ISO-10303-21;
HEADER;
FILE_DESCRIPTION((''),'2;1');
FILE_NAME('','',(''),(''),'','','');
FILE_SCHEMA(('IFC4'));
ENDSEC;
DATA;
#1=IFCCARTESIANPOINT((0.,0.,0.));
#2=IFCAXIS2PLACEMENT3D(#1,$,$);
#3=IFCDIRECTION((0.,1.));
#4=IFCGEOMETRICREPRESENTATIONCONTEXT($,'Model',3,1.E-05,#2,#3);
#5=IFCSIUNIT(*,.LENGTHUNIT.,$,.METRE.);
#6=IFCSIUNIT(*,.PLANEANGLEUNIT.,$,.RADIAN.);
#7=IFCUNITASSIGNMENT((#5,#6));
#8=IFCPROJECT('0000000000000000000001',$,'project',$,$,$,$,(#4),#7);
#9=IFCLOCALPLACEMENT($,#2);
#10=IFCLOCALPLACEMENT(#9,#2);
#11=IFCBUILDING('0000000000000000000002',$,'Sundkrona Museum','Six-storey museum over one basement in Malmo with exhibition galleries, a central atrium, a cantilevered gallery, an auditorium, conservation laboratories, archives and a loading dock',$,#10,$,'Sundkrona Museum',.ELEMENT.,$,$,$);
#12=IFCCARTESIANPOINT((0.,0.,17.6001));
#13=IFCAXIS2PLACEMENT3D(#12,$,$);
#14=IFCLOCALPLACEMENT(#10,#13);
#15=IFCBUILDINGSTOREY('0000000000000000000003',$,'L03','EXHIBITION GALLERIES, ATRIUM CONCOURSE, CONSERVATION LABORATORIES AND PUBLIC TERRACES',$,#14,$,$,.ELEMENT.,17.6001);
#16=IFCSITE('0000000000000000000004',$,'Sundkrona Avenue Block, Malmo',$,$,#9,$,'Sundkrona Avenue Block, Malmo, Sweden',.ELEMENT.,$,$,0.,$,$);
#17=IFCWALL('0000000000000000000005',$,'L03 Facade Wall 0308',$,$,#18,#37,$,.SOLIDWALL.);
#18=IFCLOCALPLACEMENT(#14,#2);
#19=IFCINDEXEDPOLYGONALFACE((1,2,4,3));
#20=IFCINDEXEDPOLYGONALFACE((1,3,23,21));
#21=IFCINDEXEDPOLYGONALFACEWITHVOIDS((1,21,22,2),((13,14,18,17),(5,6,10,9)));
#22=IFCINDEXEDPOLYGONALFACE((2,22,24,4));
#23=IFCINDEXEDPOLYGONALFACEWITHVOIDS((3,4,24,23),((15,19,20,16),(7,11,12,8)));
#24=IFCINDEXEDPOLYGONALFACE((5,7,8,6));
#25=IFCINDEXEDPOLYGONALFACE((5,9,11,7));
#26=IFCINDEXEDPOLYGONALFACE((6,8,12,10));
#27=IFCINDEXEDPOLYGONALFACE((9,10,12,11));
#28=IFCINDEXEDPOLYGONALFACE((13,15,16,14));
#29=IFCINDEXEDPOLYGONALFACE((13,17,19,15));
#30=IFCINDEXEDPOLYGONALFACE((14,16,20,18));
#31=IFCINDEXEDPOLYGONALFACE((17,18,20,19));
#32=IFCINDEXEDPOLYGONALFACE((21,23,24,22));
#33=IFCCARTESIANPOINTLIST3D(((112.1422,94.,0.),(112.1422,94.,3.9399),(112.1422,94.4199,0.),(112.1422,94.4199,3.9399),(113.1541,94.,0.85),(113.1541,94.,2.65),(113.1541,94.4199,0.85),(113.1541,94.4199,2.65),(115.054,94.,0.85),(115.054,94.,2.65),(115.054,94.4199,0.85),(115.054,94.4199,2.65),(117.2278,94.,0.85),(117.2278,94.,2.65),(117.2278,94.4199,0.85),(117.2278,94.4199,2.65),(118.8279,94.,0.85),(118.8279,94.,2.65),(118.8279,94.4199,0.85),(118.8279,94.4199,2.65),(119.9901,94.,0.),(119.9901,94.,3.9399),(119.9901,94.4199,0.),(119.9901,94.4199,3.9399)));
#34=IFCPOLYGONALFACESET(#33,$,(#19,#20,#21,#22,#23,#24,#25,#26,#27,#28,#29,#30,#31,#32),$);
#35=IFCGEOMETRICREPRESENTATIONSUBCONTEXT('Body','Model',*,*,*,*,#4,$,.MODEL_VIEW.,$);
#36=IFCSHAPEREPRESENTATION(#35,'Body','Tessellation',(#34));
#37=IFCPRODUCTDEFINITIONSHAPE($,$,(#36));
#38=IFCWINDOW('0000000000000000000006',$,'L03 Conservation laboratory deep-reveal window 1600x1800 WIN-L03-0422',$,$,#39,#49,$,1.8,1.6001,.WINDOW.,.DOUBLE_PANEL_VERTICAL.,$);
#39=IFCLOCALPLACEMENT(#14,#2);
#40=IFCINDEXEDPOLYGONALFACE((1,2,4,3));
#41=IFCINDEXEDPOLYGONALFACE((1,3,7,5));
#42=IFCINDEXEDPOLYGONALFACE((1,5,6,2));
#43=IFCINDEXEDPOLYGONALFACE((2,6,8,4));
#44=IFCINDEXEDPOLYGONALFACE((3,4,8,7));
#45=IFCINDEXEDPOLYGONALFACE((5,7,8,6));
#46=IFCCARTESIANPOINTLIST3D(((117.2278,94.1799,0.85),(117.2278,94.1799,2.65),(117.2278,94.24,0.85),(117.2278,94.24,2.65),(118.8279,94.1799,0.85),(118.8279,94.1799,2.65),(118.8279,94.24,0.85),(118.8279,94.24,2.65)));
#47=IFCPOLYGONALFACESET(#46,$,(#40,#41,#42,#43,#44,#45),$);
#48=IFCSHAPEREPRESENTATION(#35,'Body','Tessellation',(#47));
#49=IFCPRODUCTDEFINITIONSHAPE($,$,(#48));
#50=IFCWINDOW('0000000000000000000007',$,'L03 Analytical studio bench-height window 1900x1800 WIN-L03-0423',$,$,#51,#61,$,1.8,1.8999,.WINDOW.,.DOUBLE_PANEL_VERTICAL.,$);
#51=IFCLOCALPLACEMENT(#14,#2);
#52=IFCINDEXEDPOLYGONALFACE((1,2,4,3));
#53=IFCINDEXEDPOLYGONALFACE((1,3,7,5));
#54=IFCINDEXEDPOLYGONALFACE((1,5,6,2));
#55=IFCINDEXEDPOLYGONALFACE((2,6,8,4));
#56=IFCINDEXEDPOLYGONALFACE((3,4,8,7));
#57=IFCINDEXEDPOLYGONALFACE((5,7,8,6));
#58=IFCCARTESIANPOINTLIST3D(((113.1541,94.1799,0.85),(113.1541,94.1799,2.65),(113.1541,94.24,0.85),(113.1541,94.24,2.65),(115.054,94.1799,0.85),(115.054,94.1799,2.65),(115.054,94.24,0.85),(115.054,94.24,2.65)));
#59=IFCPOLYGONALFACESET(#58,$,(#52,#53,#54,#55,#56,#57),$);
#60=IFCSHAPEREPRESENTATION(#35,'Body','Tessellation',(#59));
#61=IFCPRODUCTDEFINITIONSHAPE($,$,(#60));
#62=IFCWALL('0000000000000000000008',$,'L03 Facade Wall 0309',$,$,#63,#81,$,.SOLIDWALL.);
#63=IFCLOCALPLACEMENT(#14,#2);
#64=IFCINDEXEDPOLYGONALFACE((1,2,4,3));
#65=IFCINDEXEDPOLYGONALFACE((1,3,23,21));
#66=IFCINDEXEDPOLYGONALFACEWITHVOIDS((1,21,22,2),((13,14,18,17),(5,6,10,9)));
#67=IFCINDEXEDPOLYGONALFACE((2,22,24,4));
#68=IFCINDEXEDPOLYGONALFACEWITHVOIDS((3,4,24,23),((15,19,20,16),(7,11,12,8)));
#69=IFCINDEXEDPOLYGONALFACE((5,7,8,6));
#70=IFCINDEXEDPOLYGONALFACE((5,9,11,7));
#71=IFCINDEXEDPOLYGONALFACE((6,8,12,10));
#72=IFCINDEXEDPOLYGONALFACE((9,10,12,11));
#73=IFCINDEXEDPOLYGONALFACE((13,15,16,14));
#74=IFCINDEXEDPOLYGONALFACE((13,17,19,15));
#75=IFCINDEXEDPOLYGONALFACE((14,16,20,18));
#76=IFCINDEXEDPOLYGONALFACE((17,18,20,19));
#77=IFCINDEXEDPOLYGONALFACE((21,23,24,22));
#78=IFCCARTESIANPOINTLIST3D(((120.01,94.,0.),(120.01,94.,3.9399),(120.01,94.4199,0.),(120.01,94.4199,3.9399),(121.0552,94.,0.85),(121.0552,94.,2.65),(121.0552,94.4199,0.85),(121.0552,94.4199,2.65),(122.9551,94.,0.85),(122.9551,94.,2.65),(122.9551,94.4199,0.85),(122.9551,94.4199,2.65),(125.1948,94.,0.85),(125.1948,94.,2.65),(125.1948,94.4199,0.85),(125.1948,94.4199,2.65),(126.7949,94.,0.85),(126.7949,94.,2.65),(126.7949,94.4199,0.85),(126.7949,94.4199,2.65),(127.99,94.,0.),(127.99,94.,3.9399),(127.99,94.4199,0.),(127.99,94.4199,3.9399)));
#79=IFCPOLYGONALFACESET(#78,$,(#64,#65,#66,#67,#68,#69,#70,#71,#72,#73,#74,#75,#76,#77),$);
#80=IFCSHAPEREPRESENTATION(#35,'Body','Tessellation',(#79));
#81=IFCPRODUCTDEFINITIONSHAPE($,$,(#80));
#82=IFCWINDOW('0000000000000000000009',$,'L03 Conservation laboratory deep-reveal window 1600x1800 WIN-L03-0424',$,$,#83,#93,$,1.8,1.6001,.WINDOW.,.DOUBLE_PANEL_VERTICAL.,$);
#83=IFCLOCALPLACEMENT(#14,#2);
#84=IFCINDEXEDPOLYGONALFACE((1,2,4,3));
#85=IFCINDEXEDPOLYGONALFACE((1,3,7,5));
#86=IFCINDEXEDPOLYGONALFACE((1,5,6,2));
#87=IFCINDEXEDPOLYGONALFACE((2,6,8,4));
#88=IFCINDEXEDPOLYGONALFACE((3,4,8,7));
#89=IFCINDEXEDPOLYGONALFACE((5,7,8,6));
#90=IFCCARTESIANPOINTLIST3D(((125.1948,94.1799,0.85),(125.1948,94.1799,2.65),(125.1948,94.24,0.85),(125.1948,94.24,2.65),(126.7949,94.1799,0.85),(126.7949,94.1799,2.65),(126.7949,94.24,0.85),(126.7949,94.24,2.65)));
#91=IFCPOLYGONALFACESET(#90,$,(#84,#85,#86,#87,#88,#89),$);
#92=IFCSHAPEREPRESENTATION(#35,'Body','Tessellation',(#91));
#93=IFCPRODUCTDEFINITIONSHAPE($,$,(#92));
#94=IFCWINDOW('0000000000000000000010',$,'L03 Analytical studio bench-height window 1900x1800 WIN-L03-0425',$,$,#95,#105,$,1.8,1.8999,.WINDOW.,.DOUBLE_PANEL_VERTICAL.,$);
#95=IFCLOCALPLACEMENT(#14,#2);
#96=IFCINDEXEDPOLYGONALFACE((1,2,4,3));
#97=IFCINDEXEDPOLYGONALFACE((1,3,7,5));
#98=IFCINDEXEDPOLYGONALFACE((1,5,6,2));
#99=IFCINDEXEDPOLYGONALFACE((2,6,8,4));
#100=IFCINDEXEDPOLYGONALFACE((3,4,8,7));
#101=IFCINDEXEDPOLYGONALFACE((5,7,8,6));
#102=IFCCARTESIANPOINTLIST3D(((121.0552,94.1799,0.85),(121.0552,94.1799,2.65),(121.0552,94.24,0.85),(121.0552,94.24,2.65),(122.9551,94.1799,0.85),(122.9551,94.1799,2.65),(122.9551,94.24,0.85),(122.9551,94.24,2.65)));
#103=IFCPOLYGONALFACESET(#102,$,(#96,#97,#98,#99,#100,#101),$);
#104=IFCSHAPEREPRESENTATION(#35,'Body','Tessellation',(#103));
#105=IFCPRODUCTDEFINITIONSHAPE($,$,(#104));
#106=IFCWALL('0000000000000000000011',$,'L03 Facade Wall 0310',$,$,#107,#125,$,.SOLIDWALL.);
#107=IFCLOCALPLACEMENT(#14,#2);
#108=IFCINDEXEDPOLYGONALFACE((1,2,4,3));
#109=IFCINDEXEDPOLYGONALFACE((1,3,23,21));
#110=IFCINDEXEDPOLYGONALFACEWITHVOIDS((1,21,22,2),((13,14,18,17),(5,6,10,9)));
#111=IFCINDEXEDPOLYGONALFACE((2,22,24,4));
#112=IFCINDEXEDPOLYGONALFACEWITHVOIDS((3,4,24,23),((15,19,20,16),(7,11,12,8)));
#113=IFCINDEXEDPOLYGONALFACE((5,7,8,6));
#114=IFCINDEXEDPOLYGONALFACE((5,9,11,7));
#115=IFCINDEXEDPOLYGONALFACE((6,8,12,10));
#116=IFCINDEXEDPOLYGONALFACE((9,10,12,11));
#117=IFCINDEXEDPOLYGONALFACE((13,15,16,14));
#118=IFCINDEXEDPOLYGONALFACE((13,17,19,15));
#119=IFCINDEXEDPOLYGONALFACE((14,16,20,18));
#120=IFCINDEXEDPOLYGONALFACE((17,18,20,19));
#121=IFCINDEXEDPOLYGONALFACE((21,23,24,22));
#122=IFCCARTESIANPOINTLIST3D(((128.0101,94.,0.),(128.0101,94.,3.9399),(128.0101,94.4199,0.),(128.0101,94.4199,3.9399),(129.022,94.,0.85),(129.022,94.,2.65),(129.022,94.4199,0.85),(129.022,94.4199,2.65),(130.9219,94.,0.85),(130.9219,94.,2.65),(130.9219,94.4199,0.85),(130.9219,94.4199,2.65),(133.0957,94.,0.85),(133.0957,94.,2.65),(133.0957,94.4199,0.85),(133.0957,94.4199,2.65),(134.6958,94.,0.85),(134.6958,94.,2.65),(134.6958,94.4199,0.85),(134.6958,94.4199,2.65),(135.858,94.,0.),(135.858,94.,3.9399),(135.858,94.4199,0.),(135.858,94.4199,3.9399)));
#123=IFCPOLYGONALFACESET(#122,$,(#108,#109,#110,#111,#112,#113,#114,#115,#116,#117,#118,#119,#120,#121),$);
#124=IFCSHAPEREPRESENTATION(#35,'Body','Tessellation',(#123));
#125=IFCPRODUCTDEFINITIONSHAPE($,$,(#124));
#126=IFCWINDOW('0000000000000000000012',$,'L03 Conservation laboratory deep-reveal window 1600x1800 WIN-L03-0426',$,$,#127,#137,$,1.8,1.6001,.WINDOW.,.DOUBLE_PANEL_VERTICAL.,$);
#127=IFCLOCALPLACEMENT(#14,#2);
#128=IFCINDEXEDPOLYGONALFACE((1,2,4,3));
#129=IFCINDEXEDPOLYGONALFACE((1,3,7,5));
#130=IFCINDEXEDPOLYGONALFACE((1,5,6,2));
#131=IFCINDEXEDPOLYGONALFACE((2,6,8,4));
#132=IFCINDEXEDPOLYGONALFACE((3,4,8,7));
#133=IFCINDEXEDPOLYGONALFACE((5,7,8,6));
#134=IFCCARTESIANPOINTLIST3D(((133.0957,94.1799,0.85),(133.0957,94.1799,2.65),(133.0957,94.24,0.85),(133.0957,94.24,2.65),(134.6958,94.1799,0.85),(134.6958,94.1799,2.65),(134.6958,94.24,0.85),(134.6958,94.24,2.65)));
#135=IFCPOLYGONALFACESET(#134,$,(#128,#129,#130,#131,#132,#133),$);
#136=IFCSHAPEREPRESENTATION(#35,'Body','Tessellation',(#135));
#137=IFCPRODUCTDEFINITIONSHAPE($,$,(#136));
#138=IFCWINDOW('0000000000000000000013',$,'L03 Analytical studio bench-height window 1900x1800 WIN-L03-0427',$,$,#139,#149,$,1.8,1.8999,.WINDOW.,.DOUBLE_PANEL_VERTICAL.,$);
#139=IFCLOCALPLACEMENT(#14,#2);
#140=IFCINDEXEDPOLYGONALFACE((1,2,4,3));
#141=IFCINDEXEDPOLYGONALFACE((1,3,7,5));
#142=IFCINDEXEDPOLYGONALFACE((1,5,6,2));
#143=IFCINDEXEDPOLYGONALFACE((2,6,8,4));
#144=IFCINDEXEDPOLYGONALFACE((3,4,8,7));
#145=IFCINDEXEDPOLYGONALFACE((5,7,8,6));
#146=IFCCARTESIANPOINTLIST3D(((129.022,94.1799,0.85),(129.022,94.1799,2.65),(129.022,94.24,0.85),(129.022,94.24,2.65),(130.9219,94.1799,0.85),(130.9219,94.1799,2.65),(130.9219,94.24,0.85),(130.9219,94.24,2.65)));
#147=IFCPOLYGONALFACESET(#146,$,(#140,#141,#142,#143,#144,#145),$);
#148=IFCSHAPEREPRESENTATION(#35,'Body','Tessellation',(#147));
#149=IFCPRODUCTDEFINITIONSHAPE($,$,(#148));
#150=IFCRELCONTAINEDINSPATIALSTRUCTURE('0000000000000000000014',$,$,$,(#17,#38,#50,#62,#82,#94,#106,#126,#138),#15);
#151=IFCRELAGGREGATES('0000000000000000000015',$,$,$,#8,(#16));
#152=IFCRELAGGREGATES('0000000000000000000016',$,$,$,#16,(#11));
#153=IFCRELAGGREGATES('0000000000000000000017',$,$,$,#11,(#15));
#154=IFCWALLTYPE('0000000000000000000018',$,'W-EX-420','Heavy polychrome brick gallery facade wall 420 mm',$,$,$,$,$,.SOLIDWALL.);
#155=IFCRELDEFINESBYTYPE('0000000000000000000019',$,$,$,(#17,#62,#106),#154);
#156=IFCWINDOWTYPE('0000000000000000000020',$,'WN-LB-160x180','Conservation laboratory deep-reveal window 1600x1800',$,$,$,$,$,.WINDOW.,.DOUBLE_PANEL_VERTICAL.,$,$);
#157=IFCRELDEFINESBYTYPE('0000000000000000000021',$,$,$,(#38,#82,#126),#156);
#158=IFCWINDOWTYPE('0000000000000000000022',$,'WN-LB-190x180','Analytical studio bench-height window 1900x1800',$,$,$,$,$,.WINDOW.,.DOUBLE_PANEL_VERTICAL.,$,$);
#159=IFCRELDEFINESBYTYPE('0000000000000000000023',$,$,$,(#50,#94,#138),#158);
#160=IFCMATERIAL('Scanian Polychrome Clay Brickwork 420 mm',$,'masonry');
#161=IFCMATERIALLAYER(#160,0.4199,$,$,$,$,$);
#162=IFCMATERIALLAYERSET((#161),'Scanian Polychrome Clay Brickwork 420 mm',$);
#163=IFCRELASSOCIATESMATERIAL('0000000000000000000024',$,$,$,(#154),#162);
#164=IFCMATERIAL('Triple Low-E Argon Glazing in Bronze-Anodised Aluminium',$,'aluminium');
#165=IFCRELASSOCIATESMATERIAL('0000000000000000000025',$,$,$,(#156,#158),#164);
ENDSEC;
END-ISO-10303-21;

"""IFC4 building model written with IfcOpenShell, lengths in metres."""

from ifc_helpers import new_model, si_unit, direction, frame, frame_2d, origin, place, context, subcontext, project, spatial, rectangle, extrude, material, layer, layer_set, type_object, element, fill, save


model = new_model("IFC4")

# Units and contexts
model_context = context("Model", 3, precision=1e-05, world=origin(), true_north=direction((0.0, 1.0)))
body_context = subcontext(model_context, "Body", "Model", "MODEL_VIEW")
ifc_project = project(units=[si_unit("LENGTHUNIT", "METRE"), si_unit("PLANEANGLEUNIT", "RADIAN")], contexts=[model_context])

# Site, building, storey
site_placement = place(None, origin())
site = spatial("IfcSite", under=ifc_project, at=site_placement, Name="Sundkrona Avenue Block, Malmo", LongName="Sundkrona Avenue Block, Malmo, Sweden", CompositionType="ELEMENT", RefElevation=0.0)
building_placement = place(site_placement, origin())
building = spatial("IfcBuilding", under=site, at=building_placement, Name="Sundkrona Museum", Description="Six-storey museum over one basement in Malmo with exhibition galleries, a central atrium, a cantilevered gallery, an auditorium, conservation laboratories, archives and a loading dock", LongName="Sundkrona Museum", CompositionType="ELEMENT")
storey_placement = place(building_placement, frame((0.0, 0.0, 17.6001)))
storey = spatial("IfcBuildingStorey", under=building, at=storey_placement, Name="L03", Description="EXHIBITION GALLERIES, ATRIUM CONCOURSE, CONSERVATION LABORATORIES AND PUBLIC TERRACES", CompositionType="ELEMENT", Elevation=17.6001)

# Shared definitions
ifc_material_1 = material(Name="Scanian Polychrome Clay Brickwork 420 mm", Category="masonry")
ifc_layer_1 = layer(ifc_material_1, 0.4199)
ifc_layer_set_1 = layer_set([ifc_layer_1], Name="Scanian Polychrome Clay Brickwork 420 mm")
wall_type_1 = type_object("IfcWallType", Name="W-EX-420", Description="Heavy polychrome brick gallery facade wall 420 mm", PredefinedType="SOLIDWALL", material=ifc_layer_set_1)
ifc_material_2 = material(Name="Triple Low-E Argon Glazing in Bronze-Anodised Aluminium", Category="aluminium")
window_type_1 = type_object("IfcWindowType", Name="WN-LB-160x180", Description="Conservation laboratory deep-reveal window 1600x1800", PartitioningType="DOUBLE_PANEL_VERTICAL", PredefinedType="WINDOW", material=ifc_material_2)

# Walls, openings, windows
window_type_2 = type_object("IfcWindowType", Name="WN-LB-190x180", Description="Analytical studio bench-height window 1900x1800", PartitioningType="DOUBLE_PANEL_VERTICAL", PredefinedType="WINDOW", material=ifc_material_2)
wall_1_placement = place(storey_placement, frame((119.99, 94.21, 0.0), z_axis=(0.0, 0.0, 1.0), x_axis=(-1.0, 0.0, 0.0)))
wall_1 = element("IfcWall", 1, at=wall_1_placement, inside=storey, type_object=wall_type_1, Name="L03 Facade Wall 0308", PredefinedType="SOLIDWALL", context=body_context, shape_type="SweptSolid", body=[
    extrude(rectangle(XDim=7.8479, YDim=0.4199, at=frame_2d((3.9238, 0.0))), origin(), (0.0, 0.0, 1.0), 3.9399),
])
opening_1_placement = place(wall_1_placement, frame((1.1621, 0.0, 0.8501)))
opening_1 = element("IfcOpeningElement", 2, at=opening_1_placement, cuts=wall_1, PredefinedType="OPENING", context=body_context, shape_type="SweptSolid", body=[
    extrude(rectangle(XDim=1.6001, YDim=1.8, at=frame_2d((0.8, 0.8999))), frame((0.0, 0.22, 0.0), z_axis=(0.0, -1.0, 0.0), x_axis=(1.0, 0.0, 0.0)), (0.0, 0.0, 1.0), 0.4399),
])
opening_2_placement = place(wall_1_placement, frame((4.936, 0.0, 0.8501)))
opening_2 = element("IfcOpeningElement", 3, at=opening_2_placement, cuts=wall_1, PredefinedType="OPENING", context=body_context, shape_type="SweptSolid", body=[
    extrude(rectangle(XDim=1.8999, YDim=1.8, at=frame_2d((0.95, 0.8999))), frame((0.0, 0.22, 0.0), z_axis=(0.0, -1.0, 0.0), x_axis=(1.0, 0.0, 0.0)), (0.0, 0.0, 1.0), 0.4399),
])
window_1_placement = place(opening_1_placement, origin())
window_1 = element("IfcWindow", 4, at=window_1_placement, inside=storey, type_object=window_type_1, Name="L03 Conservation laboratory deep-reveal window 1600x1800 WIN-L03-0422", OverallHeight=1.8, OverallWidth=1.6001, PartitioningType="DOUBLE_PANEL_VERTICAL", PredefinedType="WINDOW", context=body_context, shape_type="SweptSolid", body=[
    extrude(rectangle(XDim=1.6001, YDim=1.8, at=frame_2d((0.8, 0.8999))), frame((0.0, 0.03, 0.0), z_axis=(0.0, -1.0, 0.0), x_axis=(1.0, 0.0, 0.0)), (0.0, 0.0, 1.0), 0.0601),
])
fill(opening_1, window_1)
window_2_placement = place(opening_2_placement, origin())
window_2 = element("IfcWindow", 5, at=window_2_placement, inside=storey, type_object=window_type_2, Name="L03 Analytical studio bench-height window 1900x1800 WIN-L03-0423", OverallHeight=1.8, OverallWidth=1.8999, PartitioningType="DOUBLE_PANEL_VERTICAL", PredefinedType="WINDOW", context=body_context, shape_type="SweptSolid", body=[
    extrude(rectangle(XDim=1.8999, YDim=1.8, at=frame_2d((0.95, 0.8999))), frame((0.0, 0.03, 0.0), z_axis=(0.0, -1.0, 0.0), x_axis=(1.0, 0.0, 0.0)), (0.0, 0.0, 1.0), 0.0601),
])
fill(opening_2, window_2)
wall_2_placement = place(storey_placement, frame((127.99, 94.21, 0.0), z_axis=(0.0, 0.0, 1.0), x_axis=(-1.0, 0.0, 0.0)))
wall_2 = element("IfcWall", 6, at=wall_2_placement, inside=storey, type_object=wall_type_1, Name="L03 Facade Wall 0309", PredefinedType="SOLIDWALL", context=body_context, shape_type="SweptSolid", body=[
    extrude(rectangle(XDim=7.98, YDim=0.4199, at=frame_2d((3.99, 0.0))), origin(), (0.0, 0.0, 1.0), 3.9399),
])
opening_3_placement = place(wall_2_placement, frame((1.1951, 0.0, 0.8501)))
opening_3 = element("IfcOpeningElement", 7, at=opening_3_placement, cuts=wall_2, PredefinedType="OPENING", context=body_context, shape_type="SweptSolid", body=[
    extrude(rectangle(XDim=1.6001, YDim=1.8, at=frame_2d((0.8, 0.8999))), frame((0.0, 0.22, 0.0), z_axis=(0.0, -1.0, 0.0), x_axis=(1.0, 0.0, 0.0)), (0.0, 0.0, 1.0), 0.4399),
])
opening_4_placement = place(wall_2_placement, frame((5.0349, 0.0, 0.8501)))
opening_4 = element("IfcOpeningElement", 8, at=opening_4_placement, cuts=wall_2, PredefinedType="OPENING", context=body_context, shape_type="SweptSolid", body=[
    extrude(rectangle(XDim=1.8999, YDim=1.8, at=frame_2d((0.95, 0.8999))), frame((0.0, 0.22, 0.0), z_axis=(0.0, -1.0, 0.0), x_axis=(1.0, 0.0, 0.0)), (0.0, 0.0, 1.0), 0.4399),
])
window_3_placement = place(opening_3_placement, origin())
window_3 = element("IfcWindow", 9, at=window_3_placement, inside=storey, type_object=window_type_1, Name="L03 Conservation laboratory deep-reveal window 1600x1800 WIN-L03-0424", OverallHeight=1.8, OverallWidth=1.6001, PartitioningType="DOUBLE_PANEL_VERTICAL", PredefinedType="WINDOW", context=body_context, shape_type="SweptSolid", body=[
    extrude(rectangle(XDim=1.6001, YDim=1.8, at=frame_2d((0.8, 0.8999))), frame((0.0, 0.03, 0.0), z_axis=(0.0, -1.0, 0.0), x_axis=(1.0, 0.0, 0.0)), (0.0, 0.0, 1.0), 0.0601),
])
fill(opening_3, window_3)
window_4_placement = place(opening_4_placement, origin())
window_4 = element("IfcWindow", 10, at=window_4_placement, inside=storey, type_object=window_type_2, Name="L03 Analytical studio bench-height window 1900x1800 WIN-L03-0425", OverallHeight=1.8, OverallWidth=1.8999, PartitioningType="DOUBLE_PANEL_VERTICAL", PredefinedType="WINDOW", context=body_context, shape_type="SweptSolid", body=[
    extrude(rectangle(XDim=1.8999, YDim=1.8, at=frame_2d((0.95, 0.8999))), frame((0.0, 0.03, 0.0), z_axis=(0.0, -1.0, 0.0), x_axis=(1.0, 0.0, 0.0)), (0.0, 0.0, 1.0), 0.0601),
])
fill(opening_4, window_4)
wall_3_placement = place(storey_placement, frame((135.8579, 94.21, 0.0), z_axis=(0.0, 0.0, 1.0), x_axis=(-1.0, 0.0, 0.0)))
wall_3 = element("IfcWall", 11, at=wall_3_placement, inside=storey, type_object=wall_type_1, Name="L03 Facade Wall 0310", PredefinedType="SOLIDWALL", context=body_context, shape_type="SweptSolid", body=[
    extrude(rectangle(XDim=7.8479, YDim=0.4199, at=frame_2d((3.9238, 0.0))), origin(), (0.0, 0.0, 1.0), 3.9399),
])
opening_5_placement = place(wall_3_placement, frame((1.1621, 0.0, 0.8501)))
opening_5 = element("IfcOpeningElement", 12, at=opening_5_placement, cuts=wall_3, PredefinedType="OPENING", context=body_context, shape_type="SweptSolid", body=[
    extrude(rectangle(XDim=1.6001, YDim=1.8, at=frame_2d((0.8, 0.8999))), frame((0.0, 0.22, 0.0), z_axis=(0.0, -1.0, 0.0), x_axis=(1.0, 0.0, 0.0)), (0.0, 0.0, 1.0), 0.4399),
])
opening_6_placement = place(wall_3_placement, frame((4.936, 0.0, 0.8501)))
opening_6 = element("IfcOpeningElement", 13, at=opening_6_placement, cuts=wall_3, PredefinedType="OPENING", context=body_context, shape_type="SweptSolid", body=[
    extrude(rectangle(XDim=1.8999, YDim=1.8, at=frame_2d((0.95, 0.8999))), frame((0.0, 0.22, 0.0), z_axis=(0.0, -1.0, 0.0), x_axis=(1.0, 0.0, 0.0)), (0.0, 0.0, 1.0), 0.4399),
])
window_5_placement = place(opening_5_placement, origin())
window_5 = element("IfcWindow", 14, at=window_5_placement, inside=storey, type_object=window_type_1, Name="L03 Conservation laboratory deep-reveal window 1600x1800 WIN-L03-0426", OverallHeight=1.8, OverallWidth=1.6001, PartitioningType="DOUBLE_PANEL_VERTICAL", PredefinedType="WINDOW", context=body_context, shape_type="SweptSolid", body=[
    extrude(rectangle(XDim=1.6001, YDim=1.8, at=frame_2d((0.8, 0.8999))), frame((0.0, 0.03, 0.0), z_axis=(0.0, -1.0, 0.0), x_axis=(1.0, 0.0, 0.0)), (0.0, 0.0, 1.0), 0.0601),
])
fill(opening_5, window_5)
window_6_placement = place(opening_6_placement, origin())
window_6 = element("IfcWindow", 15, at=window_6_placement, inside=storey, type_object=window_type_2, Name="L03 Analytical studio bench-height window 1900x1800 WIN-L03-0427", OverallHeight=1.8, OverallWidth=1.8999, PartitioningType="DOUBLE_PANEL_VERTICAL", PredefinedType="WINDOW", context=body_context, shape_type="SweptSolid", body=[
    extrude(rectangle(XDim=1.8999, YDim=1.8, at=frame_2d((0.95, 0.8999))), frame((0.0, 0.03, 0.0), z_axis=(0.0, -1.0, 0.0), x_axis=(1.0, 0.0, 0.0)), (0.0, 0.0, 1.0), 0.0601),
])
fill(opening_6, window_6)

save(model, "model.ifc")
